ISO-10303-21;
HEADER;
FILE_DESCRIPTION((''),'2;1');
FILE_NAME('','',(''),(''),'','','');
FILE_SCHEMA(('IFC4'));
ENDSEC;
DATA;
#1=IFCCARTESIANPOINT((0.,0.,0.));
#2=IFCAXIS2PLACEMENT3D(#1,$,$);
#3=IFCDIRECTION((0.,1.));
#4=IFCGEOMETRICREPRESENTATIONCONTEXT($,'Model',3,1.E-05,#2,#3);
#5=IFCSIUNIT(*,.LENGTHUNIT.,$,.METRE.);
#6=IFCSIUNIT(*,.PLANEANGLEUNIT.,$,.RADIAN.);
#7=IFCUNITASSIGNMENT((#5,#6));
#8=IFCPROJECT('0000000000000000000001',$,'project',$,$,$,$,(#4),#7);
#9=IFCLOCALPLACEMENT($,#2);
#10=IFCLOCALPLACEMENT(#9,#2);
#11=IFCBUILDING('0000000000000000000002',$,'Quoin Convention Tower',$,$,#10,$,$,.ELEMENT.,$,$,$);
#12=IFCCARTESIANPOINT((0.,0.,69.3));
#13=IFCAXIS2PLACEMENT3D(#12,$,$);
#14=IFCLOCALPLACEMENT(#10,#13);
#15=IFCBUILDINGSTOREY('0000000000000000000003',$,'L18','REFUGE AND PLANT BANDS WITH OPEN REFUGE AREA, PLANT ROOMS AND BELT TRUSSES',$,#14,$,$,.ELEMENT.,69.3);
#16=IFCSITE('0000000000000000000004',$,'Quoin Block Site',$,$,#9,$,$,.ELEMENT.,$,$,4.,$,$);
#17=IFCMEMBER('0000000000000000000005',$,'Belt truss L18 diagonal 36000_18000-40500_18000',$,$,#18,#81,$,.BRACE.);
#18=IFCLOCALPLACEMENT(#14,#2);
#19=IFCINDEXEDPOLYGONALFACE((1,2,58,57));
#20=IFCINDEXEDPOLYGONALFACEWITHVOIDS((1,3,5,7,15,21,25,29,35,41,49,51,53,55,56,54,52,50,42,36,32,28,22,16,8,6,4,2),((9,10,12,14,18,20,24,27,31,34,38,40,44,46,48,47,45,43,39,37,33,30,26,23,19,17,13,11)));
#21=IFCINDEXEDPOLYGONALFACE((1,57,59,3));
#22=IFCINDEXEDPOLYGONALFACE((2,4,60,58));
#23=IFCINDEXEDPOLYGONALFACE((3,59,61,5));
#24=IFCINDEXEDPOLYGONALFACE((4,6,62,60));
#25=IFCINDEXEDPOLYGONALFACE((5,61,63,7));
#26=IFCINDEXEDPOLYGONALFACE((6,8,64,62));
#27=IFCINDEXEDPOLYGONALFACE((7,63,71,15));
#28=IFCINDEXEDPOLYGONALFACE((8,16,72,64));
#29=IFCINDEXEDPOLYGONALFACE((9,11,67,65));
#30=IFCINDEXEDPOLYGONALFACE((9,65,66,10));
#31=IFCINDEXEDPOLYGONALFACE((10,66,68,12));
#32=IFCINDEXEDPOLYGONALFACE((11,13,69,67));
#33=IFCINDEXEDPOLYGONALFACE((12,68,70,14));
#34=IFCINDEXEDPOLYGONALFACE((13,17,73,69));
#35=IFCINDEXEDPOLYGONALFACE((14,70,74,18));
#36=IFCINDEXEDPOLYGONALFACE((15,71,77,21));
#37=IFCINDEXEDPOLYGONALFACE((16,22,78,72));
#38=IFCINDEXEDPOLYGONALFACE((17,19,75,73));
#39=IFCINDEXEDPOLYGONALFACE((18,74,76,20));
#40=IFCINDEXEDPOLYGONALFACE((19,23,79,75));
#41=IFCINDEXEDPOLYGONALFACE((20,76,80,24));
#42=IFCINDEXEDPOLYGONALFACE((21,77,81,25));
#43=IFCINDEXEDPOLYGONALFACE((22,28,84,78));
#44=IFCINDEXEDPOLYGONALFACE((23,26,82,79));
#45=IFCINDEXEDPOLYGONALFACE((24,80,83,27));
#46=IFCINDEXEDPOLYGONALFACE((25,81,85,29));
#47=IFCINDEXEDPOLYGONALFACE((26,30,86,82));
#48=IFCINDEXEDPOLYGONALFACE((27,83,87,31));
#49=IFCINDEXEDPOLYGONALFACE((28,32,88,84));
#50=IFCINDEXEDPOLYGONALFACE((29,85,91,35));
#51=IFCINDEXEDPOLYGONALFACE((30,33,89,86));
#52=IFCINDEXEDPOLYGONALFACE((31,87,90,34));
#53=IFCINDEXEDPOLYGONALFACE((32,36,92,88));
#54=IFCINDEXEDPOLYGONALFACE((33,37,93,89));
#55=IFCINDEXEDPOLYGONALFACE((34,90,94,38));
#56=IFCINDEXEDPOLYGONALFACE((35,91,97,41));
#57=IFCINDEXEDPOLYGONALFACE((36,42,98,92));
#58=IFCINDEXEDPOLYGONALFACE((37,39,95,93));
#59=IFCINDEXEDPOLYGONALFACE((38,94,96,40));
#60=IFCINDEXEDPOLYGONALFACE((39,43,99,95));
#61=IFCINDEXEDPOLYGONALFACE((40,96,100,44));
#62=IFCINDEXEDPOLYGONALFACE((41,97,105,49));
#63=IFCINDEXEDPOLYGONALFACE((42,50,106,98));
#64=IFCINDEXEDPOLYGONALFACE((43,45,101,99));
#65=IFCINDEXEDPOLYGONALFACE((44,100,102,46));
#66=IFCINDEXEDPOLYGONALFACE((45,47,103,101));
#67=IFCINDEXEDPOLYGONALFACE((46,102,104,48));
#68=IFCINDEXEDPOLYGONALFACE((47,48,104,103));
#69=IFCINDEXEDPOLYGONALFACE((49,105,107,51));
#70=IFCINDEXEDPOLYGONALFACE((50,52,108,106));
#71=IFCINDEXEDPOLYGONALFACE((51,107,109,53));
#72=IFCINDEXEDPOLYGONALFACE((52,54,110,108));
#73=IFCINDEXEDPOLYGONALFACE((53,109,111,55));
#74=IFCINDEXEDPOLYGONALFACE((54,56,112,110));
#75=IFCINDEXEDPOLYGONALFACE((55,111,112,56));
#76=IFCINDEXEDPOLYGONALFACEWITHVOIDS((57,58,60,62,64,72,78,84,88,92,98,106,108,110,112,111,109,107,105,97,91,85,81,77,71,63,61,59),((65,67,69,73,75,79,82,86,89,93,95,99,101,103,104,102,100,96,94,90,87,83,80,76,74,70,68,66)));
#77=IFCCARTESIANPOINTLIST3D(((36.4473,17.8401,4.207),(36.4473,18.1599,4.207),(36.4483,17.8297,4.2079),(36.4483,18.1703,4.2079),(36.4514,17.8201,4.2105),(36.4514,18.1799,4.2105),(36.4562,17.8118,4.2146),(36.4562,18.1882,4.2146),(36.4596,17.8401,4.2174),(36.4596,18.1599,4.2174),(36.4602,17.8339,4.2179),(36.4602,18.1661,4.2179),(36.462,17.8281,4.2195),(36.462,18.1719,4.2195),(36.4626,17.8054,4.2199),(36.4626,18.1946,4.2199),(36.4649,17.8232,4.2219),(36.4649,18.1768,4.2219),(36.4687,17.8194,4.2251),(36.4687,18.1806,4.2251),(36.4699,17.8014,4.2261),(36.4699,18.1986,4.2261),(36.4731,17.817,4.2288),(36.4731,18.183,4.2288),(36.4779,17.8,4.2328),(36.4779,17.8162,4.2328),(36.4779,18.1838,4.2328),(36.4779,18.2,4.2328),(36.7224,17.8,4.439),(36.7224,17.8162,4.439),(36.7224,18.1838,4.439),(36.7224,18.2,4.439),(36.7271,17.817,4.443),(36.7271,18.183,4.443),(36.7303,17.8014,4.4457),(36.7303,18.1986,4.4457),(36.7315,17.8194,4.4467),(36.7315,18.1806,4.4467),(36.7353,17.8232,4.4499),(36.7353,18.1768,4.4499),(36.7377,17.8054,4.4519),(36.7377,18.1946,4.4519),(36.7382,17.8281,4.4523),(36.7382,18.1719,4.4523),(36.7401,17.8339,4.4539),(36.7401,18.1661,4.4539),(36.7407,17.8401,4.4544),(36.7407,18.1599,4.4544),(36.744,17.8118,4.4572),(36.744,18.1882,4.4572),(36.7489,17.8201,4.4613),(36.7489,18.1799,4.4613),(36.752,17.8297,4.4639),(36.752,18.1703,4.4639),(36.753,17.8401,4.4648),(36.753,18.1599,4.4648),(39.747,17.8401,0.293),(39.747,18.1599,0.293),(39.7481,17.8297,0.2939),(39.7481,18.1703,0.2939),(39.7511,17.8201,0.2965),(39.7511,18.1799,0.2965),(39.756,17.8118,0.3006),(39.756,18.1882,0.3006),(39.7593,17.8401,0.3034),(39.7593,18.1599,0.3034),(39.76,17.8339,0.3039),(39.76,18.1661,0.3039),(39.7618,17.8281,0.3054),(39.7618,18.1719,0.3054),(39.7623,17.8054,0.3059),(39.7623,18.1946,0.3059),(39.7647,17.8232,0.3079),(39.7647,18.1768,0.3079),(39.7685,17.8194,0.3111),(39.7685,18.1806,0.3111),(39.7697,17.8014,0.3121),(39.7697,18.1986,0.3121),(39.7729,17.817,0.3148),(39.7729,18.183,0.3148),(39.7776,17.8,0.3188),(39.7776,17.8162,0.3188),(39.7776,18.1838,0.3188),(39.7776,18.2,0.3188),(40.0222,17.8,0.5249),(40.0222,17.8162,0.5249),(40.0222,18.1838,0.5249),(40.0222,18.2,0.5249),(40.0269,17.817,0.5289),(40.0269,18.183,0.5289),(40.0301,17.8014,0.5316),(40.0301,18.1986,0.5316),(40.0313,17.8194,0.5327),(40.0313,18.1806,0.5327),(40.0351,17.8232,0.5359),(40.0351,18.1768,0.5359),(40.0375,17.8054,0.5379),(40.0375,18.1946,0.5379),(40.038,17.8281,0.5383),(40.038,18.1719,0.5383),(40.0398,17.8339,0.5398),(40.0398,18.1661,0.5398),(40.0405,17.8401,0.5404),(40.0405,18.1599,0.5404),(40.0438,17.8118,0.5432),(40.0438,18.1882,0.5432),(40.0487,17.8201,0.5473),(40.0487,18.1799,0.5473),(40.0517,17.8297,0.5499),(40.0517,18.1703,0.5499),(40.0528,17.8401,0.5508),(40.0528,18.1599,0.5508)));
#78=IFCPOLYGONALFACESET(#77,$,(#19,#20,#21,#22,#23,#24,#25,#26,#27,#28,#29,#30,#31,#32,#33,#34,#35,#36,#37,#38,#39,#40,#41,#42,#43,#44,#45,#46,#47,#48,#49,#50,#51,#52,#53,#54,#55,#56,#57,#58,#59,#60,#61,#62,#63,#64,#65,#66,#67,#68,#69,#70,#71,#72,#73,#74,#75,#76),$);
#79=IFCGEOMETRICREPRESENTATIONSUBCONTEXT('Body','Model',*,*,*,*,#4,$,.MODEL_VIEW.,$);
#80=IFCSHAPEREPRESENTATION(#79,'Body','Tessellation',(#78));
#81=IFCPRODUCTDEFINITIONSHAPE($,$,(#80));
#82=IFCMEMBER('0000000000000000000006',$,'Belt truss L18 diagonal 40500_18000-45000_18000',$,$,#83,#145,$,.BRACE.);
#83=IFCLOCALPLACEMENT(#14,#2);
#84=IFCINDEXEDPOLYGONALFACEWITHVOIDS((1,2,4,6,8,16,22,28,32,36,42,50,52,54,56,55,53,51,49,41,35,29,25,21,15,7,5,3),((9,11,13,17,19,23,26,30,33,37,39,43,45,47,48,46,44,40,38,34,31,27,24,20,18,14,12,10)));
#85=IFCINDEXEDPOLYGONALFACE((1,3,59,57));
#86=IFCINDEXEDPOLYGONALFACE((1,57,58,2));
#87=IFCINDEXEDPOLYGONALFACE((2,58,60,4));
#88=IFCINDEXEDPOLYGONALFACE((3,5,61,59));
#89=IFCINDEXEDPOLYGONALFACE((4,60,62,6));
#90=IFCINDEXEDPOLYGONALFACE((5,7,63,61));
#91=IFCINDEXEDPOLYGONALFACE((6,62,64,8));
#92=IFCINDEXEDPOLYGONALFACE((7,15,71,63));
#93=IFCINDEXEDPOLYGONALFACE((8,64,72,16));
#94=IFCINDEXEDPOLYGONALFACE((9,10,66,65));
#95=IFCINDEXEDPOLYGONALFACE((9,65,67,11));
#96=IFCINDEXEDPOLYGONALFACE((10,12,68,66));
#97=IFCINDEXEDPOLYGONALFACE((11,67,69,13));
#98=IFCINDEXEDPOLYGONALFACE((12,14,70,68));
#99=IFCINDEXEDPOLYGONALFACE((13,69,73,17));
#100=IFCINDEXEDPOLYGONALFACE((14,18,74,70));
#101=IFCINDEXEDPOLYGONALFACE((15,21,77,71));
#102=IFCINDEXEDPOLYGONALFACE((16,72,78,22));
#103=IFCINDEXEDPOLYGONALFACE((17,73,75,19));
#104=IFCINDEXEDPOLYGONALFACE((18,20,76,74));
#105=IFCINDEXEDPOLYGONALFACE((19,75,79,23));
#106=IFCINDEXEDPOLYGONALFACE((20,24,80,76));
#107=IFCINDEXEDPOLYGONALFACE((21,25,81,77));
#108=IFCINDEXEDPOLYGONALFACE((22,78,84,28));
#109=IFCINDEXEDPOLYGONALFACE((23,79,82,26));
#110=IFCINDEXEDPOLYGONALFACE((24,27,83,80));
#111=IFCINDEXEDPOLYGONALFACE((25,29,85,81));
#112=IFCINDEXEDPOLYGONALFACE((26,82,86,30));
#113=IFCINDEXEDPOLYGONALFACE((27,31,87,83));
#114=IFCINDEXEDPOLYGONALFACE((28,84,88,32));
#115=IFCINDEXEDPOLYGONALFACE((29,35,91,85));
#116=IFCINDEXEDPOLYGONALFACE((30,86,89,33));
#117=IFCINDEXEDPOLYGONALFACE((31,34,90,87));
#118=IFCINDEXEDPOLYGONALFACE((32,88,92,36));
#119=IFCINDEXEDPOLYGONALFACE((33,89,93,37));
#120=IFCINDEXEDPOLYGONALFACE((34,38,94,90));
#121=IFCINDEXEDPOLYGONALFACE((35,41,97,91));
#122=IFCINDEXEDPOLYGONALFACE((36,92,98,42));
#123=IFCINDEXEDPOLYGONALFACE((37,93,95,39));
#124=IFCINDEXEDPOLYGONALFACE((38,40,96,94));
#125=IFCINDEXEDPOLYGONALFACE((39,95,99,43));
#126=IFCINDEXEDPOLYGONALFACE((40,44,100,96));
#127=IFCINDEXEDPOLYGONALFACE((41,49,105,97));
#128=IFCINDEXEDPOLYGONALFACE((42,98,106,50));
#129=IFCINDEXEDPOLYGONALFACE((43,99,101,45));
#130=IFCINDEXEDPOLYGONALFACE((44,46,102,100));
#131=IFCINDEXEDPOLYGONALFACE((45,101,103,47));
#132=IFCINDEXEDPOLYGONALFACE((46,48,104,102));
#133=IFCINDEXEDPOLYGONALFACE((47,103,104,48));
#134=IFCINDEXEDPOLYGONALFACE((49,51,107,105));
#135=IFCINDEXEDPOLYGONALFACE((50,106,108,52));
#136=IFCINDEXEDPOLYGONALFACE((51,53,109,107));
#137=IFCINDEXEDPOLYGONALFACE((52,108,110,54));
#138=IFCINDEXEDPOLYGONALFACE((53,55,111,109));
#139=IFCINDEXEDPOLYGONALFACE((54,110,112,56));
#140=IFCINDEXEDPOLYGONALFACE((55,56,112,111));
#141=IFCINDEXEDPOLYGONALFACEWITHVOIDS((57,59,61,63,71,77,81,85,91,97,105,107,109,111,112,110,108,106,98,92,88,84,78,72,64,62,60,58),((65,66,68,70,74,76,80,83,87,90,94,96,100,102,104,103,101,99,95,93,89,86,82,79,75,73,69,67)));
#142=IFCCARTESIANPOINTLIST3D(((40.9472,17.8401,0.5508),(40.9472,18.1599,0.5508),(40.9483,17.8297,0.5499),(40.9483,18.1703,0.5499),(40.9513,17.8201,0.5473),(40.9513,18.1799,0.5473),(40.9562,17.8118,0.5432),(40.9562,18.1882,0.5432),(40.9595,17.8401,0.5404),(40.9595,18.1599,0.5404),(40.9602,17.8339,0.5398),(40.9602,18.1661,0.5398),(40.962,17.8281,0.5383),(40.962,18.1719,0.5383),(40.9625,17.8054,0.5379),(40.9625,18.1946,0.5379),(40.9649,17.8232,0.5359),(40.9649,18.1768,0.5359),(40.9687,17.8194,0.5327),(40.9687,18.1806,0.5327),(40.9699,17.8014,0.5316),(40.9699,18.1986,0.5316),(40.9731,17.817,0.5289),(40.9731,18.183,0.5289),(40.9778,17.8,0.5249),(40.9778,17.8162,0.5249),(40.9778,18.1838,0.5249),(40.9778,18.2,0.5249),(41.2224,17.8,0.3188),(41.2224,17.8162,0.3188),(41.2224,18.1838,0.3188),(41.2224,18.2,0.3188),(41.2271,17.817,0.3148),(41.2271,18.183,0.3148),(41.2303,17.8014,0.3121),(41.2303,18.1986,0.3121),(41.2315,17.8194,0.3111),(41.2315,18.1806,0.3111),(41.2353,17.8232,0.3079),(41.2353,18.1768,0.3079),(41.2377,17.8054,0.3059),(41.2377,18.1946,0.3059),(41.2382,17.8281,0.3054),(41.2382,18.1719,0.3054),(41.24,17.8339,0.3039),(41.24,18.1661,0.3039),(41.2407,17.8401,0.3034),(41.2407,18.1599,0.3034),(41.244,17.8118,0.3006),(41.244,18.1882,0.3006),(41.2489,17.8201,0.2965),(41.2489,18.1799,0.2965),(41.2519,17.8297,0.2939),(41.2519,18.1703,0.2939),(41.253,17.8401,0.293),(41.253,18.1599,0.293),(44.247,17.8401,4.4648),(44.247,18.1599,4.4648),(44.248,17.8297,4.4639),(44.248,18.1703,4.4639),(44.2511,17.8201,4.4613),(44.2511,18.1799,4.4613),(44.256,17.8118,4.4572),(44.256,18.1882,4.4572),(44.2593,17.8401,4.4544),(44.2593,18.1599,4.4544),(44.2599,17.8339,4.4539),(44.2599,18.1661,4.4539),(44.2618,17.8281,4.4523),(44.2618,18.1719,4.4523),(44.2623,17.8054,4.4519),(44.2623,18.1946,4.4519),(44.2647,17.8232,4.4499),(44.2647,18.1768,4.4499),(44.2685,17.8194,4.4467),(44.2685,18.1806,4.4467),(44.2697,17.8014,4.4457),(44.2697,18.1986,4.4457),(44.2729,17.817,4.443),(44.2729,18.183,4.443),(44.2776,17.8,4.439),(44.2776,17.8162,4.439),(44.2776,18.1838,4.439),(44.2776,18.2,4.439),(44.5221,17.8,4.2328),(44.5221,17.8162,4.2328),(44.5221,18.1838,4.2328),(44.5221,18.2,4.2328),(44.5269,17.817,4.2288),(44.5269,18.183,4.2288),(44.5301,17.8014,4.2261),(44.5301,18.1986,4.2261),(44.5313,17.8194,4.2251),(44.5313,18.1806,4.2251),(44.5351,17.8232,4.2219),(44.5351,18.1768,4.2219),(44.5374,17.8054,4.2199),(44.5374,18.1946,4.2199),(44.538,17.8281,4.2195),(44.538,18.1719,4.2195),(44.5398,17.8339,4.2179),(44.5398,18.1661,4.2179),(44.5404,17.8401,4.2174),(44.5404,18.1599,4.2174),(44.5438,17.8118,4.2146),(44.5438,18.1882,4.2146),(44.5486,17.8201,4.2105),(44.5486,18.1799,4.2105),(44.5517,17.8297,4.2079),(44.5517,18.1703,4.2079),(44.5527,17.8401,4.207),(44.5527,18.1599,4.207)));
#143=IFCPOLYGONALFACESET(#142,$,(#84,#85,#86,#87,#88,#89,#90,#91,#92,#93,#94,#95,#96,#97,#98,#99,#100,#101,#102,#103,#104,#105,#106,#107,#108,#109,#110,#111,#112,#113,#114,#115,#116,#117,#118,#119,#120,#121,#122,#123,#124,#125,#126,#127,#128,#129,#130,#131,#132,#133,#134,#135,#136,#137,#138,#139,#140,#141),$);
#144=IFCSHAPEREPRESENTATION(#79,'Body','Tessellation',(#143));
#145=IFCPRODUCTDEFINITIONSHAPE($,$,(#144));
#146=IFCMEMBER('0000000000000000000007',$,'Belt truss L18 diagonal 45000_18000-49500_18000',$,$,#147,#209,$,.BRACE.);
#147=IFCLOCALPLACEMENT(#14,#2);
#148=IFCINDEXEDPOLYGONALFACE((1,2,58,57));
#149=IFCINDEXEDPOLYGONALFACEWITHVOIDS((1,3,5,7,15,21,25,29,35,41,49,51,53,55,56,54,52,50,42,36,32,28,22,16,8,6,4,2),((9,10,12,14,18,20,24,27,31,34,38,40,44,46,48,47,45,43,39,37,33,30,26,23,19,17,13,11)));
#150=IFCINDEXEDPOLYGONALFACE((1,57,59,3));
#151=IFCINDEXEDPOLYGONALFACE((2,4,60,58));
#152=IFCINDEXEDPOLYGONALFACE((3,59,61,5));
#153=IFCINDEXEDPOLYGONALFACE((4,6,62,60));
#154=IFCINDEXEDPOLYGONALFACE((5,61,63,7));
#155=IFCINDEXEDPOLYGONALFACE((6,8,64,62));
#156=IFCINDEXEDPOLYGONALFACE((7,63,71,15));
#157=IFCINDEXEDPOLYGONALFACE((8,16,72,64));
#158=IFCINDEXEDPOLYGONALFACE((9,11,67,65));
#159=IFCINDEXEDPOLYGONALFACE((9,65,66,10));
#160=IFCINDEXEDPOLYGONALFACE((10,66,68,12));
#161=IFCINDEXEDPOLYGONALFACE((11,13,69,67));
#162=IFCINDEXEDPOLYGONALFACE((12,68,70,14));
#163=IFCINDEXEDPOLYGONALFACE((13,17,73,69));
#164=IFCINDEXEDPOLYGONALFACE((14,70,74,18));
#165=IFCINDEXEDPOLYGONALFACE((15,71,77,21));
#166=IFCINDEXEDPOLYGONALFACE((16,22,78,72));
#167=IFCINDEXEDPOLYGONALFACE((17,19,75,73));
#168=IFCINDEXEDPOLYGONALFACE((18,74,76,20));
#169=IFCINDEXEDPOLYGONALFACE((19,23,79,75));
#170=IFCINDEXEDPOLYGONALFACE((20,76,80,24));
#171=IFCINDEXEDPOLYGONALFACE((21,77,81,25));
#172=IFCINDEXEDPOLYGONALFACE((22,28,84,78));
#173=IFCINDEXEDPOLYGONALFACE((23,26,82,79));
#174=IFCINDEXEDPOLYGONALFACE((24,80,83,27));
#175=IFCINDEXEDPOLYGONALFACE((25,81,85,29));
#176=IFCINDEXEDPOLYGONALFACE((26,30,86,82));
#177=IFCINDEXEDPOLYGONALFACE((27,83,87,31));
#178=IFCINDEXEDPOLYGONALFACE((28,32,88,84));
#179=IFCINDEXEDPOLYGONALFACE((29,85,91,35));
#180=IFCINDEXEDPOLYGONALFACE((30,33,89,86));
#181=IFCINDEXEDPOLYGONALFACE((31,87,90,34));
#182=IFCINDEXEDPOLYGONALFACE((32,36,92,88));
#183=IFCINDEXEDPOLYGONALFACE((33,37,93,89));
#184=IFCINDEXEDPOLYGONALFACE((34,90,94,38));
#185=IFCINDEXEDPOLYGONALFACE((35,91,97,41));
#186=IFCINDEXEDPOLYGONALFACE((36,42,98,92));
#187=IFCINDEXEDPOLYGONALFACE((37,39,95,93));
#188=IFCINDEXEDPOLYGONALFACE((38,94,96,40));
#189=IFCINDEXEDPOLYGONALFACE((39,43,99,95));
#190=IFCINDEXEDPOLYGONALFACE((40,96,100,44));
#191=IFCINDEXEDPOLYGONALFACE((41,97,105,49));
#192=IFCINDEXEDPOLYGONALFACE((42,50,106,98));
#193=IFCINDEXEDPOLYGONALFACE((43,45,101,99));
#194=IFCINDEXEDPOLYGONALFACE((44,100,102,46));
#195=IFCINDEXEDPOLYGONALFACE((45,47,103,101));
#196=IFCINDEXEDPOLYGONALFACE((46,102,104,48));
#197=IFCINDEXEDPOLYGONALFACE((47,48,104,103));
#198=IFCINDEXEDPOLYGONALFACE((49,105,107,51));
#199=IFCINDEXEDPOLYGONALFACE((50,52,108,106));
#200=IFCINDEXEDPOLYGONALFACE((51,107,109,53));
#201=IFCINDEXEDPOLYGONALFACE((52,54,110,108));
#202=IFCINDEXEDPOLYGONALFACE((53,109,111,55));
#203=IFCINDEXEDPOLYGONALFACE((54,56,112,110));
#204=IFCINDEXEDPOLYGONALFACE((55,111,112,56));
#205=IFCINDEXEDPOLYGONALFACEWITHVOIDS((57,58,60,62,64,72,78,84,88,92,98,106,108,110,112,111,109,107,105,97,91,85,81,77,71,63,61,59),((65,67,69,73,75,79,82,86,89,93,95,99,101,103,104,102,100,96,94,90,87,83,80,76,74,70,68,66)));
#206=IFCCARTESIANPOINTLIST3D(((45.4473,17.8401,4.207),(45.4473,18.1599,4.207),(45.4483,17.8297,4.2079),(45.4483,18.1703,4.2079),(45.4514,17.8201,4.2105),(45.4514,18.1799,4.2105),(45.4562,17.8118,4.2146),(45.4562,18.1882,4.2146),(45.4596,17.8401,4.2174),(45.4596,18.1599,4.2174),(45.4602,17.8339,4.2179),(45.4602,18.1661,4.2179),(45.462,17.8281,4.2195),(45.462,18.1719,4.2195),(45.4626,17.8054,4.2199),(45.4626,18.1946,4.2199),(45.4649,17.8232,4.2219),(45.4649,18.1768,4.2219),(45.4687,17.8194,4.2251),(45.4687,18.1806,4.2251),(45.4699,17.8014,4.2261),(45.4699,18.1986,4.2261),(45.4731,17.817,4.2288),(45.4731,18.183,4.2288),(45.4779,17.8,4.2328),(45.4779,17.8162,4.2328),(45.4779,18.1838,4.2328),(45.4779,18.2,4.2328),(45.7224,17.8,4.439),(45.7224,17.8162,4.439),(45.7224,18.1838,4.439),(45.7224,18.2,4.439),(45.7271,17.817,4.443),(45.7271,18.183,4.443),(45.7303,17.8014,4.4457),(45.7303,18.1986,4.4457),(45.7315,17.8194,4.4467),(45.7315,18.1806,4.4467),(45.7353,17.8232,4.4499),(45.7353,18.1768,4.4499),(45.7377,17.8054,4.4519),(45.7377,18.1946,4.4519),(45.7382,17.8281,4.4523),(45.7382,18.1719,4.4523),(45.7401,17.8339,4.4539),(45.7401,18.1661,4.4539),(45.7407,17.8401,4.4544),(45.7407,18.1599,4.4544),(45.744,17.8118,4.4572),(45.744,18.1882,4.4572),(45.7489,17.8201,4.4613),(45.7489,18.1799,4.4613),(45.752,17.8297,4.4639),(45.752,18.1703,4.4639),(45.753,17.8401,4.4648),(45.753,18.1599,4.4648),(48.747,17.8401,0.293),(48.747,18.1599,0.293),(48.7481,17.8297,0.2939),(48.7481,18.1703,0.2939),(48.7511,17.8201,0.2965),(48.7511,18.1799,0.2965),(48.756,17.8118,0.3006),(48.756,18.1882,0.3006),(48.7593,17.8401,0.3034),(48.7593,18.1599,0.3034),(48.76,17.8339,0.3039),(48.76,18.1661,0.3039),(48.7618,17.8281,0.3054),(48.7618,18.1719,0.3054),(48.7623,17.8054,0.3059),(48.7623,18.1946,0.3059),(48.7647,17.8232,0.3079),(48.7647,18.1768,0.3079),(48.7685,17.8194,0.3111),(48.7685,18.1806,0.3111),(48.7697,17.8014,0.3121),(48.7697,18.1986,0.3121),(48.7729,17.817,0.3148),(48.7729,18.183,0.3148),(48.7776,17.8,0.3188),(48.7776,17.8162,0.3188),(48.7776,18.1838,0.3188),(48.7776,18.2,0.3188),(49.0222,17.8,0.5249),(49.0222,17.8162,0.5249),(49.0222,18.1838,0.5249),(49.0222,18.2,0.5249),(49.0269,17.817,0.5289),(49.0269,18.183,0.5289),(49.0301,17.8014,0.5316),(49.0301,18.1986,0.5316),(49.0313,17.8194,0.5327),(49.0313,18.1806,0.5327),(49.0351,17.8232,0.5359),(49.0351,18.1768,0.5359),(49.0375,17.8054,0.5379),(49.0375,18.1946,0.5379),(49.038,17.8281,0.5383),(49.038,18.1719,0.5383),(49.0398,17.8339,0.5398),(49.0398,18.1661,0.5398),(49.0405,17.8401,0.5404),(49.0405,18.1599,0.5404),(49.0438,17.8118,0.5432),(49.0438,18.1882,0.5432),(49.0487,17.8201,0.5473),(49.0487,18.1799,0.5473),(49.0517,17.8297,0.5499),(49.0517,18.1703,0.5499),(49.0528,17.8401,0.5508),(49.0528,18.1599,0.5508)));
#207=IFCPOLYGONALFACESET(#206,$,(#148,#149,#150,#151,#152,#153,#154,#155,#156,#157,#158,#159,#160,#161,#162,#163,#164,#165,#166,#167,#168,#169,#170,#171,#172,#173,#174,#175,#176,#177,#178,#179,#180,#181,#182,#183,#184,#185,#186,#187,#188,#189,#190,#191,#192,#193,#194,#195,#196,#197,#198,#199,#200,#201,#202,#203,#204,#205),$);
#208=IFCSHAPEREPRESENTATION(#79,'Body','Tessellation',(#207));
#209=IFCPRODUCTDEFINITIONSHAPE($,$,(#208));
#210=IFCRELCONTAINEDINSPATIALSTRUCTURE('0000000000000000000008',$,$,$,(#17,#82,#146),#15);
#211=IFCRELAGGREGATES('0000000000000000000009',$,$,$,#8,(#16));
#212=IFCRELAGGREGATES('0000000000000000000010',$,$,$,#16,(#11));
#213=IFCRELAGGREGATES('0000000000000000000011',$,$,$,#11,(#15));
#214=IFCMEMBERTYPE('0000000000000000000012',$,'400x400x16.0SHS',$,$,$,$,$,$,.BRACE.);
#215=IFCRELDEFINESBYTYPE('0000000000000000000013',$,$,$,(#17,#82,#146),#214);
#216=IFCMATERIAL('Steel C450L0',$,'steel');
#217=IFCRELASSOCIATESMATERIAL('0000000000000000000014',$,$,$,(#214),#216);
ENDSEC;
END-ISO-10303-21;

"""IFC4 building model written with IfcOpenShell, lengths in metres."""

from ifc_helpers import new_model, si_unit, direction, frame, origin, origin_2d, place, context, subcontext, project, spatial, hollow_rectangle, extrude, material, material_profile, profile_set, type_object, element, save


model = new_model("IFC4")

# Units and contexts
model_context = context("Model", 3, precision=1e-05, world=origin(), true_north=direction((0.0, 1.0)))
body_context = subcontext(model_context, "Body", "Model", "MODEL_VIEW")
ifc_project = project(units=[si_unit("LENGTHUNIT", "METRE"), si_unit("PLANEANGLEUNIT", "RADIAN")], contexts=[model_context])

# Site, building, storey
site_placement = place(None, origin())
site = spatial("IfcSite", under=ifc_project, at=site_placement, Name="Quoin Block Site", CompositionType="ELEMENT", RefElevation=4.0)
building_placement = place(site_placement, origin())
building = spatial("IfcBuilding", under=site, at=building_placement, Name="Quoin Convention Tower", CompositionType="ELEMENT")
storey_placement = place(building_placement, frame((0.0, 0.0, 69.3)))
storey = spatial("IfcBuildingStorey", under=building, at=storey_placement, Name="L18", Description="REFUGE AND PLANT BANDS WITH OPEN REFUGE AREA, PLANT ROOMS AND BELT TRUSSES", CompositionType="ELEMENT", Elevation=69.3)

# Members
ifc_material_1 = material(Name="Steel C450L0", Category="steel")
ifc_material_profile_1 = material_profile(ifc_material_1, hollow_rectangle(XDim=0.3999, YDim=0.3999, WallThickness=0.0161, InnerFilletRadius=0.0239, OuterFilletRadius=0.04, at=origin_2d()), Name="400x400x16.0SHS")
ifc_profile_set_1 = profile_set([ifc_material_profile_1], Name="Steel C450L0")
member_type_1 = type_object("IfcMemberType", Name="400x400x16.0SHS", PredefinedType="BRACE", material=ifc_profile_set_1)
for number, where, z_axis, x_axis, name in (
    (1, (39.8999, 18.0, 0.4219), (-0.644564, 0.0, 0.76455), (0.0, -1.0, 0.0), "Belt truss L18 diagonal 36000_18000-40500_18000"),
    (2, (41.1001, 18.0, 0.4219), (0.644564, 0.0, 0.76455), (0.0, 1.0, 0.0), "Belt truss L18 diagonal 40500_18000-45000_18000"),
    (3, (48.8999, 18.0, 0.4219), (-0.644564, 0.0, 0.76455), (0.0, -1.0, 0.0), "Belt truss L18 diagonal 45000_18000-49500_18000"),
):
    element("IfcMember", number, at=place(storey_placement, frame(where, z_axis=z_axis, x_axis=x_axis)), inside=storey, type_object=member_type_1, Name=name, PredefinedType="BRACE", context=body_context, shape_type="SweptSolid", body=[
        extrude(hollow_rectangle(XDim=0.3999, YDim=0.3999, WallThickness=0.0161, InnerFilletRadius=0.0239, OuterFilletRadius=0.04, at=origin_2d()), origin(), (0.0, 0.0, 1.0), 5.1194),
    ])

save(model, "model.ifc")
